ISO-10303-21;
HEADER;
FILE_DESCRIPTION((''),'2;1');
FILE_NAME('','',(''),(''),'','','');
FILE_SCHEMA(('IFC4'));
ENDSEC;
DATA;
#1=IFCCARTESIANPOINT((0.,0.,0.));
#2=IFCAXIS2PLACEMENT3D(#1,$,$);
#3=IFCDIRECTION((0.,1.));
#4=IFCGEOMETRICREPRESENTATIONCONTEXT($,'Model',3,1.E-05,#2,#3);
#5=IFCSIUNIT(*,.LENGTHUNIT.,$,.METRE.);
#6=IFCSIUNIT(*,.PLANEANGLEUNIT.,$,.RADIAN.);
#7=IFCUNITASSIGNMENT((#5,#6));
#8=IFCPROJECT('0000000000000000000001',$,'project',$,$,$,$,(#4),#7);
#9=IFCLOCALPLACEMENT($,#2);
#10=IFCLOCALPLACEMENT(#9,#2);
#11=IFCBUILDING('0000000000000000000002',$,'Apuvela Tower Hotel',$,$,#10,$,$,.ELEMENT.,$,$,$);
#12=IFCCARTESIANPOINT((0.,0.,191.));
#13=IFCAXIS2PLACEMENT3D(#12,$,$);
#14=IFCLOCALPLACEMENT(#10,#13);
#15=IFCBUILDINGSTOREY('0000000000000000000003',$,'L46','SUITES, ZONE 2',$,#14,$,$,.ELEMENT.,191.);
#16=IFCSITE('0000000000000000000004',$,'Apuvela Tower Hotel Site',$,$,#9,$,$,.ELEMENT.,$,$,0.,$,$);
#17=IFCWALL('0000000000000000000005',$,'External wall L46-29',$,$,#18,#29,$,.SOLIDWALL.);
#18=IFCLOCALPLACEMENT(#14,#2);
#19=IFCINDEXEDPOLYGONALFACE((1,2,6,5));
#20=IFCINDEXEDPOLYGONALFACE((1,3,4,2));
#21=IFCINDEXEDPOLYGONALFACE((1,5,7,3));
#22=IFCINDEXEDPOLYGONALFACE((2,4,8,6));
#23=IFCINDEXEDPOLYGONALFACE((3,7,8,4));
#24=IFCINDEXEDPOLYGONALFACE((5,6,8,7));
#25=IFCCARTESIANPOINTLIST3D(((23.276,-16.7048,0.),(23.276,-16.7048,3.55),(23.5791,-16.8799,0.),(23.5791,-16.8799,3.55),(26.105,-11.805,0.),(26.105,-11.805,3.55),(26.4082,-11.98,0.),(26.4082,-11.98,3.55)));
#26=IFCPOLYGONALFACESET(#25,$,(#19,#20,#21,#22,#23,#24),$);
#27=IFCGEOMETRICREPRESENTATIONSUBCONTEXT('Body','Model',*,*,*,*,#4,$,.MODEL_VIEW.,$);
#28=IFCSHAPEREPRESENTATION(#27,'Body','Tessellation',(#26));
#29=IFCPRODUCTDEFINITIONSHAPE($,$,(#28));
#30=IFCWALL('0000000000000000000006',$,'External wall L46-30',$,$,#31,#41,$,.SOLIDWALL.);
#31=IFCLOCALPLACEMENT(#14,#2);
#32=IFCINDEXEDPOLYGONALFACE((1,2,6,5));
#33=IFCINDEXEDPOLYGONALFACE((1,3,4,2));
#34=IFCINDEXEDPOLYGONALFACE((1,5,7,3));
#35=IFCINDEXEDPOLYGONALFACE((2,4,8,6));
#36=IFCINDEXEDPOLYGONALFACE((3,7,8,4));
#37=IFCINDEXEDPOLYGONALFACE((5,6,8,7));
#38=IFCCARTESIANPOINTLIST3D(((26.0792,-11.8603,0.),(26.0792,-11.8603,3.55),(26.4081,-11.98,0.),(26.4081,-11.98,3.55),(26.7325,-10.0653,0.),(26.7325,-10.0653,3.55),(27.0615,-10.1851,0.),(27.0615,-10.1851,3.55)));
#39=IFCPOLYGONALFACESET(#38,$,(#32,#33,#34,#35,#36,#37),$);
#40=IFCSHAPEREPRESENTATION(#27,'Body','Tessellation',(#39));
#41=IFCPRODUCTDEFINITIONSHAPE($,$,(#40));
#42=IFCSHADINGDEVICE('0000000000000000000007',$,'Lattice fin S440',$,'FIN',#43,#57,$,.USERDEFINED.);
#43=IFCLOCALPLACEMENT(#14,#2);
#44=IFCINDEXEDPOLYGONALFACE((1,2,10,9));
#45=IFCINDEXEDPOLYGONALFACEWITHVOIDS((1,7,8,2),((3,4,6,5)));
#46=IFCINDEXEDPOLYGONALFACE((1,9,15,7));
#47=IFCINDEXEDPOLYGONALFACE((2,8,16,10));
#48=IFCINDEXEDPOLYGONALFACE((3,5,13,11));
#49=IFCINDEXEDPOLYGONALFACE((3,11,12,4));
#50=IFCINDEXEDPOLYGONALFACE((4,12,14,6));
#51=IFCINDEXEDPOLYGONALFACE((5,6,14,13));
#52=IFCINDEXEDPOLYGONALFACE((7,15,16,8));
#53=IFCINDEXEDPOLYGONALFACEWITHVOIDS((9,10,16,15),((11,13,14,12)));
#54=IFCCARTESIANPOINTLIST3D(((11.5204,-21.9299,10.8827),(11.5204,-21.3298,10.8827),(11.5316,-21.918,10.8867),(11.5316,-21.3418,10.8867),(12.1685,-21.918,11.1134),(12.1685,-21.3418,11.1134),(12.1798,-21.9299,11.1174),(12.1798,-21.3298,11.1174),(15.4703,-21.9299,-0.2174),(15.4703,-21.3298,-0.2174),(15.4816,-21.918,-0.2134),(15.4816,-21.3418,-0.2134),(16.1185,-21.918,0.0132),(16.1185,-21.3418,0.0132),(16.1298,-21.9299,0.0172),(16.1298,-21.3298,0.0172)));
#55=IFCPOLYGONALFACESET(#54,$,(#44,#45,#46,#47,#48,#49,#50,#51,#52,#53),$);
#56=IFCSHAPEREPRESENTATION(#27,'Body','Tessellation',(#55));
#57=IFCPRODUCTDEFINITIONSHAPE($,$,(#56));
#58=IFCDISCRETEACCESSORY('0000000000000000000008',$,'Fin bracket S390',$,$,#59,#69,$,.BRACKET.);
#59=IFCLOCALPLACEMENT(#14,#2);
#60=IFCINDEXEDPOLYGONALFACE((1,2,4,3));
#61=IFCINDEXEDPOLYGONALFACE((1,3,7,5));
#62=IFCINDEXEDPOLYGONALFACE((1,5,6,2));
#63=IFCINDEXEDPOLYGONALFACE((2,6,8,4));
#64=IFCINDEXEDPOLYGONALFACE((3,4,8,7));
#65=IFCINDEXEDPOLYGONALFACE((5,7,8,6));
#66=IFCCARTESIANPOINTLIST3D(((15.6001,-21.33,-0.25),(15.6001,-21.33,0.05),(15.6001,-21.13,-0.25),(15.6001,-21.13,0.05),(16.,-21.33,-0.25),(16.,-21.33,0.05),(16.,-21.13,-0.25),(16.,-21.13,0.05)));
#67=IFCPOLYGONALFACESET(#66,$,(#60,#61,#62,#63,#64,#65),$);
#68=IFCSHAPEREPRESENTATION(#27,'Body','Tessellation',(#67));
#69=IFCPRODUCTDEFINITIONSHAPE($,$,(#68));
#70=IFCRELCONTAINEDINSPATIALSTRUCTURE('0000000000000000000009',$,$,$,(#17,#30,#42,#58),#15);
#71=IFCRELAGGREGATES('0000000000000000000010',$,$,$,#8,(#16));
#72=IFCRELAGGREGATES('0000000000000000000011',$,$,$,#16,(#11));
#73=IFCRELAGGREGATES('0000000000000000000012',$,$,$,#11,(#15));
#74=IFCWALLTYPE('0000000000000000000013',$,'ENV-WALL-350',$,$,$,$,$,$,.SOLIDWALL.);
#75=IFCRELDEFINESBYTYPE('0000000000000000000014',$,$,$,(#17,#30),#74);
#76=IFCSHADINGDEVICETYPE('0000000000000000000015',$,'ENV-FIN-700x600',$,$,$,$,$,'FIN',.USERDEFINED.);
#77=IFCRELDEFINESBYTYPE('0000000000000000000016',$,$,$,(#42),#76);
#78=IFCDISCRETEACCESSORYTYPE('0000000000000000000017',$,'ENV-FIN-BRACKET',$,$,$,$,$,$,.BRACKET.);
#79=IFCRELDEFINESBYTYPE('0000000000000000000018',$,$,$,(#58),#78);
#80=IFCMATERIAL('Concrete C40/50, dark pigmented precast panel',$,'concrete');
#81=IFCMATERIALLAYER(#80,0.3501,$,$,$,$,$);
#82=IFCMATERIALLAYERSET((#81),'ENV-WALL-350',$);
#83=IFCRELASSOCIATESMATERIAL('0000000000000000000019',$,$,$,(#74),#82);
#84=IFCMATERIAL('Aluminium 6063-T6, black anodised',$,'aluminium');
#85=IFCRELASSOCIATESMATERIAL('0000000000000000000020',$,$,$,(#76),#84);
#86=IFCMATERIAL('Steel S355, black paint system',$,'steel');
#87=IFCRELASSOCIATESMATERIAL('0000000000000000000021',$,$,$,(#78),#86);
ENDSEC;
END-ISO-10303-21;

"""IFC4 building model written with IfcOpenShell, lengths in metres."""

from ifc_helpers import new_model, si_unit, direction, frame, frame_2d, origin, origin_2d, place, context, subcontext, project, spatial, rectangle, hollow_rectangle, extrude, material, layer, layer_set, material_profile, profile_set, type_object, element, save


model = new_model("IFC4")

# Units and contexts
model_context = context("Model", 3, precision=1e-05, world=origin(), true_north=direction((0.0, 1.0)))
body_context = subcontext(model_context, "Body", "Model", "MODEL_VIEW")
ifc_project = project(units=[si_unit("LENGTHUNIT", "METRE"), si_unit("PLANEANGLEUNIT", "RADIAN")], contexts=[model_context])

# Site, building, storey
site_placement = place(None, origin())
site = spatial("IfcSite", under=ifc_project, at=site_placement, Name="Apuvela Tower Hotel Site", CompositionType="ELEMENT", RefElevation=0.0)
building_placement = place(site_placement, origin())
building = spatial("IfcBuilding", under=site, at=building_placement, Name="Apuvela Tower Hotel", CompositionType="ELEMENT")
storey_placement = place(building_placement, frame((0.0, 0.0, 191.0)))
storey = spatial("IfcBuildingStorey", under=building, at=storey_placement, Name="L46", Description="SUITES, ZONE 2", CompositionType="ELEMENT", Elevation=191.0)

# Shared definitions
ifc_material_1 = material(Name="Concrete C40/50, dark pigmented precast panel", Category="concrete")
ifc_layer_1 = layer(ifc_material_1, 0.3501)
ifc_layer_set_1 = layer_set([ifc_layer_1], Name="ENV-WALL-350")
wall_type_1 = type_object("IfcWallType", Name="ENV-WALL-350", PredefinedType="SOLIDWALL", material=ifc_layer_set_1)

# Walls
wall_1_placement = place(storey_placement, frame((23.4275, -16.7925, 0.0), z_axis=(0.0, 0.0, 1.0), x_axis=(0.500019, 0.866015, 0.0)))
element("IfcWall", 1, at=wall_1_placement, inside=storey, type_object=wall_type_1, Name="External wall L46-29", PredefinedType="SOLIDWALL", context=body_context, shape_type="SweptSolid", body=[
    extrude(rectangle(XDim=5.658, YDim=0.3501, at=frame_2d((2.8291, 0.0))), origin(), (0.0, 0.0, 1.0), 3.55),
])
wall_2_placement = place(storey_placement, frame((26.2437, -11.9202, 0.0), z_axis=(0.0, 0.0, 1.0), x_axis=(0.34203, 0.939689, 0.0)))
element("IfcWall", 2, at=wall_2_placement, inside=storey, type_object=wall_type_1, Name="External wall L46-30", PredefinedType="SOLIDWALL", context=body_context, shape_type="SweptSolid", body=[
    extrude(rectangle(XDim=1.9102, YDim=0.3501, at=frame_2d((0.9551, 0.0))), origin(), (0.0, 0.0, 1.0), 3.55),
])

# Shading device
ifc_material_2 = material(Name="Aluminium 6063-T6, black anodised", Category="aluminium")
ifc_material_profile_1 = material_profile(ifc_material_2, hollow_rectangle(XDim=0.6001, YDim=0.7, WallThickness=0.012, at=origin_2d()), Name="AL BOX 700x600x12")
ifc_profile_set_1 = profile_set([ifc_material_profile_1], Name="Aluminium 6063-T6, black anodised")
shading_device_type = type_object("IfcShadingDeviceType", Name="ENV-FIN-700x600", ElementType="FIN", PredefinedType="USERDEFINED", material=ifc_profile_set_1)
shading_device_placement = place(storey_placement, frame((15.8, -21.6299, -0.1001), z_axis=(-0.335255, 0.0, 0.942128), x_axis=(0.0, -1.0, 0.0)))
element("IfcShadingDevice", 3, at=shading_device_placement, inside=storey, type_object=shading_device_type, Name="Lattice fin S440", ObjectType="FIN", PredefinedType="USERDEFINED", context=body_context, shape_type="SweptSolid", body=[
    extrude(hollow_rectangle(XDim=0.6001, YDim=0.7, WallThickness=0.012, at=origin_2d()), origin(), (0.0, 0.0, 1.0), 11.782),
])

# Discrete accessory
ifc_material_3 = material(Name="Steel S355, black paint system", Category="steel")
discrete_accessory_type = type_object("IfcDiscreteAccessoryType", Name="ENV-FIN-BRACKET", PredefinedType="BRACKET", material=ifc_material_3)
discrete_accessory_placement = place(storey_placement, frame((15.8, -21.23, -0.25), z_axis=(0.0, 0.0, 1.0), x_axis=(1.0, 0.0, 0.0)))
element("IfcDiscreteAccessory", 4, at=discrete_accessory_placement, inside=storey, type_object=discrete_accessory_type, Name="Fin bracket S390", PredefinedType="BRACKET", context=body_context, shape_type="SweptSolid", body=[
    extrude(rectangle(XDim=0.3999, YDim=0.2, at=origin_2d()), origin(), (0.0, 0.0, 1.0), 0.3),
])

save(model, "model.ifc")
